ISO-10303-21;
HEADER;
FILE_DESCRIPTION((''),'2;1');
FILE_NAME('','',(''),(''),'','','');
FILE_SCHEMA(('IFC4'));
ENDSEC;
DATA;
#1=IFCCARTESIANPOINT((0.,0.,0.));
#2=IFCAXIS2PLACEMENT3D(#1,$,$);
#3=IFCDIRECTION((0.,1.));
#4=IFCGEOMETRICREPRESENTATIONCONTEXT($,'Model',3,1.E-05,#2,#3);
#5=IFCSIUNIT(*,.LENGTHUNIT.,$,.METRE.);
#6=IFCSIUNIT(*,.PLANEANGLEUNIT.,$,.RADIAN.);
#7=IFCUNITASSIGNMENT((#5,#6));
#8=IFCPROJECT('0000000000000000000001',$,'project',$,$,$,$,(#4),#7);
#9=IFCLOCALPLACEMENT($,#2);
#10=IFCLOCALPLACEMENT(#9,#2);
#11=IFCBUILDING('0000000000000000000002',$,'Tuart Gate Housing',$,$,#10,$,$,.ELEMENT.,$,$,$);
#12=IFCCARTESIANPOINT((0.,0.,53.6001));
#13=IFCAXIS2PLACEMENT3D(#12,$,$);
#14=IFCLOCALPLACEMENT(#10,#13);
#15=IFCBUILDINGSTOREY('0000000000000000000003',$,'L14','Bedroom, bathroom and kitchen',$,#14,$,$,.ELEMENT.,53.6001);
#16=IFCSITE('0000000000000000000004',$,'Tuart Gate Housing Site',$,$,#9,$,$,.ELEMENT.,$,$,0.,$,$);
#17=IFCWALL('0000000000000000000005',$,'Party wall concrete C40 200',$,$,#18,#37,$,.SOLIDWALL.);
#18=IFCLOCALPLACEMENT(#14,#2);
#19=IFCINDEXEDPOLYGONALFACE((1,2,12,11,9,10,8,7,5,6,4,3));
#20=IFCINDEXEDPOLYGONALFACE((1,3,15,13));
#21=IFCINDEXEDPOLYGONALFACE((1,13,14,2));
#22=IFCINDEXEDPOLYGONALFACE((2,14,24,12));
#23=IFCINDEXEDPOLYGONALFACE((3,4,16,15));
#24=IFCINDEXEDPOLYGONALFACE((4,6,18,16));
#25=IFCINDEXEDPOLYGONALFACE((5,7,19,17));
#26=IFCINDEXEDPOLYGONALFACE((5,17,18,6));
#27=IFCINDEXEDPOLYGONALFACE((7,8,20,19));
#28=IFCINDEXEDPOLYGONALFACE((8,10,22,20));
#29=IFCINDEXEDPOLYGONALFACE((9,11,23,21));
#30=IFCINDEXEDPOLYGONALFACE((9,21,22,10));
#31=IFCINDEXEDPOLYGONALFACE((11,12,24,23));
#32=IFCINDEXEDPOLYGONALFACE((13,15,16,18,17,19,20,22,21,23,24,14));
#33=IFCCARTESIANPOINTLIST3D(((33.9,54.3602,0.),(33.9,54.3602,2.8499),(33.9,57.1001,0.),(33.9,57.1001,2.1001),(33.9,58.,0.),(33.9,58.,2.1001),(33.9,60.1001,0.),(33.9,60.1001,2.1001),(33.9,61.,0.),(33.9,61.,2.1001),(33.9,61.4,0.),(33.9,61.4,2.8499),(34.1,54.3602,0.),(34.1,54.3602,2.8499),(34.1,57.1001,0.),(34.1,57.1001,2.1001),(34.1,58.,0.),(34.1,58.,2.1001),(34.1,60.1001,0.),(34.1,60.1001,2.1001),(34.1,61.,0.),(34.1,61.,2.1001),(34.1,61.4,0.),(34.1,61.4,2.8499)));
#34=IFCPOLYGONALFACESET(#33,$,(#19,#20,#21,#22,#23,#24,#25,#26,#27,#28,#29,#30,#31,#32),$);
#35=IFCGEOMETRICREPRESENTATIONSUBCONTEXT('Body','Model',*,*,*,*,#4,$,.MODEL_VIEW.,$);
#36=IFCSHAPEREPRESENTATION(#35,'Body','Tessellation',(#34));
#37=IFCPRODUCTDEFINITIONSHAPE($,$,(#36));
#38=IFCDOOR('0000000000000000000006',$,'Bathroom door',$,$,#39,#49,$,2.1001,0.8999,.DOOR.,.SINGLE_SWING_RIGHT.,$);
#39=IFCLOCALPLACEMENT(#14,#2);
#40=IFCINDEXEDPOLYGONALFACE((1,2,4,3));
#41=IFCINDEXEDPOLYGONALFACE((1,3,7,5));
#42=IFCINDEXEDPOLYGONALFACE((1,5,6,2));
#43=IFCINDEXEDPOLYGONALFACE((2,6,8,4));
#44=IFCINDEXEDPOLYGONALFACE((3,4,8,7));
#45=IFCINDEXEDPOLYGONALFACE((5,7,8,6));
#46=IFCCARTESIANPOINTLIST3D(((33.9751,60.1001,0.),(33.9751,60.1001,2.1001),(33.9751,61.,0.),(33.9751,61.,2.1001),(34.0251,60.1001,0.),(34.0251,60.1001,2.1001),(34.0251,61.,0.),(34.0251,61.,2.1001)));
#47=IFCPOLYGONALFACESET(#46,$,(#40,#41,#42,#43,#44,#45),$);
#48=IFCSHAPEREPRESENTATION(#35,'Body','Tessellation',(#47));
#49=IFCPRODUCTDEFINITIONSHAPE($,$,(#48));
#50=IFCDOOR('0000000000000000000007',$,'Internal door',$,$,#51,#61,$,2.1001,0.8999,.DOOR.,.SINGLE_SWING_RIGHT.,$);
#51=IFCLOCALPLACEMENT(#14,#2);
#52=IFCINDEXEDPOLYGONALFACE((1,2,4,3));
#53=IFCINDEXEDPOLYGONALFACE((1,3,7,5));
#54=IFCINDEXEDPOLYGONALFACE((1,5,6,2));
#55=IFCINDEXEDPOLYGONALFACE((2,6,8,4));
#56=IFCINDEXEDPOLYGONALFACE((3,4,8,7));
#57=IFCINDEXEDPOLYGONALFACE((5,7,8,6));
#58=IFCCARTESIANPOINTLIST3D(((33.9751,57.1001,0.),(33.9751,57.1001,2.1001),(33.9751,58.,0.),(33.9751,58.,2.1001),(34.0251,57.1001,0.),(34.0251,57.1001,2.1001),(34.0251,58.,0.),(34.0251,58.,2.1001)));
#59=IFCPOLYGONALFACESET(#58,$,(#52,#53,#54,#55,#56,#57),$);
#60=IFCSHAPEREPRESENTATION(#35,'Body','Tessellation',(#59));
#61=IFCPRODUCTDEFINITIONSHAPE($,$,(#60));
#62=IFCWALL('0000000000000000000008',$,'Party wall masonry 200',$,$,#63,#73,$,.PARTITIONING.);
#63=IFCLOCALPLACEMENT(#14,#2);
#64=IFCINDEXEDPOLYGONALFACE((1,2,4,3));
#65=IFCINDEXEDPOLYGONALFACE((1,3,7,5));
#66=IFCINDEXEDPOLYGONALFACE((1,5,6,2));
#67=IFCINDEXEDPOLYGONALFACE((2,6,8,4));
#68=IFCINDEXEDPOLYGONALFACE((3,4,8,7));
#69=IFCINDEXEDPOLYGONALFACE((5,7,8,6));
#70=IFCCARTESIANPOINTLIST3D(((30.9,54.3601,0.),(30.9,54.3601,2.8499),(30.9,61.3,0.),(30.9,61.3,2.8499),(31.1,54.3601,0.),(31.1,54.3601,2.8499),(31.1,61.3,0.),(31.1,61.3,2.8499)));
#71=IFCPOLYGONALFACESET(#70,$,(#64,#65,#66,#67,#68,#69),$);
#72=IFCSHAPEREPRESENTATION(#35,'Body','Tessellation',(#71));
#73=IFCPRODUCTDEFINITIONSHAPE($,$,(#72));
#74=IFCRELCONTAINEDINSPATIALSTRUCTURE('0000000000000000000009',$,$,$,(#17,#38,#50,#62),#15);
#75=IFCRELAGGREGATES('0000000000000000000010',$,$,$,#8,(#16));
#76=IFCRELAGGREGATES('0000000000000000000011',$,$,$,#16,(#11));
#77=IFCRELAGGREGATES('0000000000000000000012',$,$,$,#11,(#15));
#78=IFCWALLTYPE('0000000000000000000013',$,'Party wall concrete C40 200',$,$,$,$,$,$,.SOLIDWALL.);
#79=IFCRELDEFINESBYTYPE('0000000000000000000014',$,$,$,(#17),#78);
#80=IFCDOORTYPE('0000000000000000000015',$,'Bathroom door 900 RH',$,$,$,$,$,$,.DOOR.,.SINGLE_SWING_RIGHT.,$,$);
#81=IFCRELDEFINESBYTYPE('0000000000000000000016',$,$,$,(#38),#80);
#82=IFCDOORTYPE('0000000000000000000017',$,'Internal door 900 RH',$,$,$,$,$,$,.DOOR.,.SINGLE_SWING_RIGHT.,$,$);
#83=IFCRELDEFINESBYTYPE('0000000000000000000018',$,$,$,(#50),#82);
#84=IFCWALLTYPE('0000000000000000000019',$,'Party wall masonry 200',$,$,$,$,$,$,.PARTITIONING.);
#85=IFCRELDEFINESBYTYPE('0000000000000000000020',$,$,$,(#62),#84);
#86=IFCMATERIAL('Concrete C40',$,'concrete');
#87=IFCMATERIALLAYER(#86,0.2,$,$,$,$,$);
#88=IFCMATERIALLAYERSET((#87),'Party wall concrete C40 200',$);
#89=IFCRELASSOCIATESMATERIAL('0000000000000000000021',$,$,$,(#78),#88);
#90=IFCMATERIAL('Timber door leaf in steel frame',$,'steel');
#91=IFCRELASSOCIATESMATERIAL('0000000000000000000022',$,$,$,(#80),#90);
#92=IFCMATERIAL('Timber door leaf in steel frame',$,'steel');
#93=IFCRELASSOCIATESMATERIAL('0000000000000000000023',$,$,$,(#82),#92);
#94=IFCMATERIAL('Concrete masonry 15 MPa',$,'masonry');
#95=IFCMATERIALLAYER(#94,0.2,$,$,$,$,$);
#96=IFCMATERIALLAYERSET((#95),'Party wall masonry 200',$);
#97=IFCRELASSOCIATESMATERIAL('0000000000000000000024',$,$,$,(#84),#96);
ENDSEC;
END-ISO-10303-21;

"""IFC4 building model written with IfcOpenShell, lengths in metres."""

from ifc_helpers import new_model, si_unit, direction, frame, frame_2d, origin, place, context, subcontext, project, spatial, rectangle, extrude, material, layer, layer_set, type_object, element, fill, save


model = new_model("IFC4")

# Units and contexts
model_context = context("Model", 3, precision=1e-05, world=origin(), true_north=direction((0.0, 1.0)))
body_context = subcontext(model_context, "Body", "Model", "MODEL_VIEW")
ifc_project = project(units=[si_unit("LENGTHUNIT", "METRE"), si_unit("PLANEANGLEUNIT", "RADIAN")], contexts=[model_context])

# Site, building, storey
site_placement = place(None, origin())
site = spatial("IfcSite", under=ifc_project, at=site_placement, Name="Tuart Gate Housing Site", CompositionType="ELEMENT", RefElevation=0.0)
building_placement = place(site_placement, origin())
building = spatial("IfcBuilding", under=site, at=building_placement, Name="Tuart Gate Housing", CompositionType="ELEMENT")
storey_placement = place(building_placement, frame((0.0, 0.0, 53.6001)))
storey = spatial("IfcBuildingStorey", under=building, at=storey_placement, Name="L14", Description="Bedroom, bathroom and kitchen", CompositionType="ELEMENT", Elevation=53.6001)

# Wall, openings, doors
ifc_material_1 = material(Name="Concrete C40", Category="concrete")
ifc_layer_1 = layer(ifc_material_1, 0.2)
ifc_layer_set_1 = layer_set([ifc_layer_1], Name="Party wall concrete C40 200")
wall_type_1 = type_object("IfcWallType", Name="Party wall concrete C40 200", PredefinedType="SOLIDWALL", material=ifc_layer_set_1)
wall_1_placement = place(storey_placement, frame((34.0, 54.3601, 0.0), z_axis=(0.0, 0.0, 1.0), x_axis=(0.0, 1.0, 0.0)))
wall_1 = element("IfcWall", 1, at=wall_1_placement, inside=storey, type_object=wall_type_1, Name="Party wall concrete C40 200", PredefinedType="SOLIDWALL", context=body_context, shape_type="SweptSolid", body=[
    extrude(rectangle(XDim=7.0398, YDim=0.2, at=frame_2d((3.52, 0.0))), origin(), (0.0, 0.0, 1.0), 2.8499),
])
opening_1_placement = place(wall_1_placement, frame((2.74, 0.0, 0.0)))
opening_1 = element("IfcOpeningElement", 2, at=opening_1_placement, cuts=wall_1, PredefinedType="OPENING", context=body_context, shape_type="SweptSolid", body=[
    extrude(rectangle(XDim=0.8999, YDim=2.1001, at=frame_2d((0.45, 1.05))), frame((0.0, 0.1099, 0.0), z_axis=(0.0, -1.0, 0.0), x_axis=(1.0, 0.0, 0.0)), (0.0, 0.0, 1.0), 0.22),
])
opening_2_placement = place(wall_1_placement, frame((5.74, 0.0, 0.0)))
opening_2 = element("IfcOpeningElement", 3, at=opening_2_placement, cuts=wall_1, PredefinedType="OPENING", context=body_context, shape_type="SweptSolid", body=[
    extrude(rectangle(XDim=0.8999, YDim=2.1001, at=frame_2d((0.45, 1.05))), frame((0.0, 0.1099, 0.0), z_axis=(0.0, -1.0, 0.0), x_axis=(1.0, 0.0, 0.0)), (0.0, 0.0, 1.0), 0.22),
])
ifc_material_2 = material(Name="Timber door leaf in steel frame", Category="steel")
door_type_1 = type_object("IfcDoorType", Name="Bathroom door 900 RH", OperationType="SINGLE_SWING_RIGHT", PredefinedType="DOOR", material=ifc_material_2)
door_1_placement = place(opening_2_placement, origin())
door_1 = element("IfcDoor", 4, at=door_1_placement, inside=storey, type_object=door_type_1, Name="Bathroom door", OperationType="SINGLE_SWING_RIGHT", OverallHeight=2.1001, OverallWidth=0.8999, PredefinedType="DOOR", context=body_context, shape_type="SweptSolid", body=[
    extrude(rectangle(XDim=0.8999, YDim=2.1001, at=frame_2d((0.45, 1.05))), frame((0.0, 0.0249, 0.0), z_axis=(0.0, -1.0, 0.0), x_axis=(1.0, 0.0, 0.0)), (0.0, 0.0, 1.0), 0.05),
])
fill(opening_2, door_1)
ifc_material_3 = material(Name="Timber door leaf in steel frame", Category="steel")
door_type_2 = type_object("IfcDoorType", Name="Internal door 900 RH", OperationType="SINGLE_SWING_RIGHT", PredefinedType="DOOR", material=ifc_material_3)
door_2_placement = place(opening_1_placement, origin())
door_2 = element("IfcDoor", 5, at=door_2_placement, inside=storey, type_object=door_type_2, Name="Internal door", OperationType="SINGLE_SWING_RIGHT", OverallHeight=2.1001, OverallWidth=0.8999, PredefinedType="DOOR", context=body_context, shape_type="SweptSolid", body=[
    extrude(rectangle(XDim=0.8999, YDim=2.1001, at=frame_2d((0.45, 1.05))), frame((0.0, 0.0249, 0.0), z_axis=(0.0, -1.0, 0.0), x_axis=(1.0, 0.0, 0.0)), (0.0, 0.0, 1.0), 0.05),
])
fill(opening_1, door_2)

# Wall
ifc_material_4 = material(Name="Concrete masonry 15 MPa", Category="masonry")
ifc_layer_2 = layer(ifc_material_4, 0.2)
ifc_layer_set_2 = layer_set([ifc_layer_2], Name="Party wall masonry 200")
wall_type_2 = type_object("IfcWallType", Name="Party wall masonry 200", PredefinedType="PARTITIONING", material=ifc_layer_set_2)
wall_2_placement = place(storey_placement, frame((31.0, 54.3601, 0.0), z_axis=(0.0, 0.0, 1.0), x_axis=(0.0, 1.0, 0.0)))
element("IfcWall", 6, at=wall_2_placement, inside=storey, type_object=wall_type_2, Name="Party wall masonry 200", PredefinedType="PARTITIONING", context=body_context, shape_type="SweptSolid", body=[
    extrude(rectangle(XDim=6.9399, YDim=0.2, at=frame_2d((3.47, 0.0))), origin(), (0.0, 0.0, 1.0), 2.8499),
])

save(model, "model.ifc")
